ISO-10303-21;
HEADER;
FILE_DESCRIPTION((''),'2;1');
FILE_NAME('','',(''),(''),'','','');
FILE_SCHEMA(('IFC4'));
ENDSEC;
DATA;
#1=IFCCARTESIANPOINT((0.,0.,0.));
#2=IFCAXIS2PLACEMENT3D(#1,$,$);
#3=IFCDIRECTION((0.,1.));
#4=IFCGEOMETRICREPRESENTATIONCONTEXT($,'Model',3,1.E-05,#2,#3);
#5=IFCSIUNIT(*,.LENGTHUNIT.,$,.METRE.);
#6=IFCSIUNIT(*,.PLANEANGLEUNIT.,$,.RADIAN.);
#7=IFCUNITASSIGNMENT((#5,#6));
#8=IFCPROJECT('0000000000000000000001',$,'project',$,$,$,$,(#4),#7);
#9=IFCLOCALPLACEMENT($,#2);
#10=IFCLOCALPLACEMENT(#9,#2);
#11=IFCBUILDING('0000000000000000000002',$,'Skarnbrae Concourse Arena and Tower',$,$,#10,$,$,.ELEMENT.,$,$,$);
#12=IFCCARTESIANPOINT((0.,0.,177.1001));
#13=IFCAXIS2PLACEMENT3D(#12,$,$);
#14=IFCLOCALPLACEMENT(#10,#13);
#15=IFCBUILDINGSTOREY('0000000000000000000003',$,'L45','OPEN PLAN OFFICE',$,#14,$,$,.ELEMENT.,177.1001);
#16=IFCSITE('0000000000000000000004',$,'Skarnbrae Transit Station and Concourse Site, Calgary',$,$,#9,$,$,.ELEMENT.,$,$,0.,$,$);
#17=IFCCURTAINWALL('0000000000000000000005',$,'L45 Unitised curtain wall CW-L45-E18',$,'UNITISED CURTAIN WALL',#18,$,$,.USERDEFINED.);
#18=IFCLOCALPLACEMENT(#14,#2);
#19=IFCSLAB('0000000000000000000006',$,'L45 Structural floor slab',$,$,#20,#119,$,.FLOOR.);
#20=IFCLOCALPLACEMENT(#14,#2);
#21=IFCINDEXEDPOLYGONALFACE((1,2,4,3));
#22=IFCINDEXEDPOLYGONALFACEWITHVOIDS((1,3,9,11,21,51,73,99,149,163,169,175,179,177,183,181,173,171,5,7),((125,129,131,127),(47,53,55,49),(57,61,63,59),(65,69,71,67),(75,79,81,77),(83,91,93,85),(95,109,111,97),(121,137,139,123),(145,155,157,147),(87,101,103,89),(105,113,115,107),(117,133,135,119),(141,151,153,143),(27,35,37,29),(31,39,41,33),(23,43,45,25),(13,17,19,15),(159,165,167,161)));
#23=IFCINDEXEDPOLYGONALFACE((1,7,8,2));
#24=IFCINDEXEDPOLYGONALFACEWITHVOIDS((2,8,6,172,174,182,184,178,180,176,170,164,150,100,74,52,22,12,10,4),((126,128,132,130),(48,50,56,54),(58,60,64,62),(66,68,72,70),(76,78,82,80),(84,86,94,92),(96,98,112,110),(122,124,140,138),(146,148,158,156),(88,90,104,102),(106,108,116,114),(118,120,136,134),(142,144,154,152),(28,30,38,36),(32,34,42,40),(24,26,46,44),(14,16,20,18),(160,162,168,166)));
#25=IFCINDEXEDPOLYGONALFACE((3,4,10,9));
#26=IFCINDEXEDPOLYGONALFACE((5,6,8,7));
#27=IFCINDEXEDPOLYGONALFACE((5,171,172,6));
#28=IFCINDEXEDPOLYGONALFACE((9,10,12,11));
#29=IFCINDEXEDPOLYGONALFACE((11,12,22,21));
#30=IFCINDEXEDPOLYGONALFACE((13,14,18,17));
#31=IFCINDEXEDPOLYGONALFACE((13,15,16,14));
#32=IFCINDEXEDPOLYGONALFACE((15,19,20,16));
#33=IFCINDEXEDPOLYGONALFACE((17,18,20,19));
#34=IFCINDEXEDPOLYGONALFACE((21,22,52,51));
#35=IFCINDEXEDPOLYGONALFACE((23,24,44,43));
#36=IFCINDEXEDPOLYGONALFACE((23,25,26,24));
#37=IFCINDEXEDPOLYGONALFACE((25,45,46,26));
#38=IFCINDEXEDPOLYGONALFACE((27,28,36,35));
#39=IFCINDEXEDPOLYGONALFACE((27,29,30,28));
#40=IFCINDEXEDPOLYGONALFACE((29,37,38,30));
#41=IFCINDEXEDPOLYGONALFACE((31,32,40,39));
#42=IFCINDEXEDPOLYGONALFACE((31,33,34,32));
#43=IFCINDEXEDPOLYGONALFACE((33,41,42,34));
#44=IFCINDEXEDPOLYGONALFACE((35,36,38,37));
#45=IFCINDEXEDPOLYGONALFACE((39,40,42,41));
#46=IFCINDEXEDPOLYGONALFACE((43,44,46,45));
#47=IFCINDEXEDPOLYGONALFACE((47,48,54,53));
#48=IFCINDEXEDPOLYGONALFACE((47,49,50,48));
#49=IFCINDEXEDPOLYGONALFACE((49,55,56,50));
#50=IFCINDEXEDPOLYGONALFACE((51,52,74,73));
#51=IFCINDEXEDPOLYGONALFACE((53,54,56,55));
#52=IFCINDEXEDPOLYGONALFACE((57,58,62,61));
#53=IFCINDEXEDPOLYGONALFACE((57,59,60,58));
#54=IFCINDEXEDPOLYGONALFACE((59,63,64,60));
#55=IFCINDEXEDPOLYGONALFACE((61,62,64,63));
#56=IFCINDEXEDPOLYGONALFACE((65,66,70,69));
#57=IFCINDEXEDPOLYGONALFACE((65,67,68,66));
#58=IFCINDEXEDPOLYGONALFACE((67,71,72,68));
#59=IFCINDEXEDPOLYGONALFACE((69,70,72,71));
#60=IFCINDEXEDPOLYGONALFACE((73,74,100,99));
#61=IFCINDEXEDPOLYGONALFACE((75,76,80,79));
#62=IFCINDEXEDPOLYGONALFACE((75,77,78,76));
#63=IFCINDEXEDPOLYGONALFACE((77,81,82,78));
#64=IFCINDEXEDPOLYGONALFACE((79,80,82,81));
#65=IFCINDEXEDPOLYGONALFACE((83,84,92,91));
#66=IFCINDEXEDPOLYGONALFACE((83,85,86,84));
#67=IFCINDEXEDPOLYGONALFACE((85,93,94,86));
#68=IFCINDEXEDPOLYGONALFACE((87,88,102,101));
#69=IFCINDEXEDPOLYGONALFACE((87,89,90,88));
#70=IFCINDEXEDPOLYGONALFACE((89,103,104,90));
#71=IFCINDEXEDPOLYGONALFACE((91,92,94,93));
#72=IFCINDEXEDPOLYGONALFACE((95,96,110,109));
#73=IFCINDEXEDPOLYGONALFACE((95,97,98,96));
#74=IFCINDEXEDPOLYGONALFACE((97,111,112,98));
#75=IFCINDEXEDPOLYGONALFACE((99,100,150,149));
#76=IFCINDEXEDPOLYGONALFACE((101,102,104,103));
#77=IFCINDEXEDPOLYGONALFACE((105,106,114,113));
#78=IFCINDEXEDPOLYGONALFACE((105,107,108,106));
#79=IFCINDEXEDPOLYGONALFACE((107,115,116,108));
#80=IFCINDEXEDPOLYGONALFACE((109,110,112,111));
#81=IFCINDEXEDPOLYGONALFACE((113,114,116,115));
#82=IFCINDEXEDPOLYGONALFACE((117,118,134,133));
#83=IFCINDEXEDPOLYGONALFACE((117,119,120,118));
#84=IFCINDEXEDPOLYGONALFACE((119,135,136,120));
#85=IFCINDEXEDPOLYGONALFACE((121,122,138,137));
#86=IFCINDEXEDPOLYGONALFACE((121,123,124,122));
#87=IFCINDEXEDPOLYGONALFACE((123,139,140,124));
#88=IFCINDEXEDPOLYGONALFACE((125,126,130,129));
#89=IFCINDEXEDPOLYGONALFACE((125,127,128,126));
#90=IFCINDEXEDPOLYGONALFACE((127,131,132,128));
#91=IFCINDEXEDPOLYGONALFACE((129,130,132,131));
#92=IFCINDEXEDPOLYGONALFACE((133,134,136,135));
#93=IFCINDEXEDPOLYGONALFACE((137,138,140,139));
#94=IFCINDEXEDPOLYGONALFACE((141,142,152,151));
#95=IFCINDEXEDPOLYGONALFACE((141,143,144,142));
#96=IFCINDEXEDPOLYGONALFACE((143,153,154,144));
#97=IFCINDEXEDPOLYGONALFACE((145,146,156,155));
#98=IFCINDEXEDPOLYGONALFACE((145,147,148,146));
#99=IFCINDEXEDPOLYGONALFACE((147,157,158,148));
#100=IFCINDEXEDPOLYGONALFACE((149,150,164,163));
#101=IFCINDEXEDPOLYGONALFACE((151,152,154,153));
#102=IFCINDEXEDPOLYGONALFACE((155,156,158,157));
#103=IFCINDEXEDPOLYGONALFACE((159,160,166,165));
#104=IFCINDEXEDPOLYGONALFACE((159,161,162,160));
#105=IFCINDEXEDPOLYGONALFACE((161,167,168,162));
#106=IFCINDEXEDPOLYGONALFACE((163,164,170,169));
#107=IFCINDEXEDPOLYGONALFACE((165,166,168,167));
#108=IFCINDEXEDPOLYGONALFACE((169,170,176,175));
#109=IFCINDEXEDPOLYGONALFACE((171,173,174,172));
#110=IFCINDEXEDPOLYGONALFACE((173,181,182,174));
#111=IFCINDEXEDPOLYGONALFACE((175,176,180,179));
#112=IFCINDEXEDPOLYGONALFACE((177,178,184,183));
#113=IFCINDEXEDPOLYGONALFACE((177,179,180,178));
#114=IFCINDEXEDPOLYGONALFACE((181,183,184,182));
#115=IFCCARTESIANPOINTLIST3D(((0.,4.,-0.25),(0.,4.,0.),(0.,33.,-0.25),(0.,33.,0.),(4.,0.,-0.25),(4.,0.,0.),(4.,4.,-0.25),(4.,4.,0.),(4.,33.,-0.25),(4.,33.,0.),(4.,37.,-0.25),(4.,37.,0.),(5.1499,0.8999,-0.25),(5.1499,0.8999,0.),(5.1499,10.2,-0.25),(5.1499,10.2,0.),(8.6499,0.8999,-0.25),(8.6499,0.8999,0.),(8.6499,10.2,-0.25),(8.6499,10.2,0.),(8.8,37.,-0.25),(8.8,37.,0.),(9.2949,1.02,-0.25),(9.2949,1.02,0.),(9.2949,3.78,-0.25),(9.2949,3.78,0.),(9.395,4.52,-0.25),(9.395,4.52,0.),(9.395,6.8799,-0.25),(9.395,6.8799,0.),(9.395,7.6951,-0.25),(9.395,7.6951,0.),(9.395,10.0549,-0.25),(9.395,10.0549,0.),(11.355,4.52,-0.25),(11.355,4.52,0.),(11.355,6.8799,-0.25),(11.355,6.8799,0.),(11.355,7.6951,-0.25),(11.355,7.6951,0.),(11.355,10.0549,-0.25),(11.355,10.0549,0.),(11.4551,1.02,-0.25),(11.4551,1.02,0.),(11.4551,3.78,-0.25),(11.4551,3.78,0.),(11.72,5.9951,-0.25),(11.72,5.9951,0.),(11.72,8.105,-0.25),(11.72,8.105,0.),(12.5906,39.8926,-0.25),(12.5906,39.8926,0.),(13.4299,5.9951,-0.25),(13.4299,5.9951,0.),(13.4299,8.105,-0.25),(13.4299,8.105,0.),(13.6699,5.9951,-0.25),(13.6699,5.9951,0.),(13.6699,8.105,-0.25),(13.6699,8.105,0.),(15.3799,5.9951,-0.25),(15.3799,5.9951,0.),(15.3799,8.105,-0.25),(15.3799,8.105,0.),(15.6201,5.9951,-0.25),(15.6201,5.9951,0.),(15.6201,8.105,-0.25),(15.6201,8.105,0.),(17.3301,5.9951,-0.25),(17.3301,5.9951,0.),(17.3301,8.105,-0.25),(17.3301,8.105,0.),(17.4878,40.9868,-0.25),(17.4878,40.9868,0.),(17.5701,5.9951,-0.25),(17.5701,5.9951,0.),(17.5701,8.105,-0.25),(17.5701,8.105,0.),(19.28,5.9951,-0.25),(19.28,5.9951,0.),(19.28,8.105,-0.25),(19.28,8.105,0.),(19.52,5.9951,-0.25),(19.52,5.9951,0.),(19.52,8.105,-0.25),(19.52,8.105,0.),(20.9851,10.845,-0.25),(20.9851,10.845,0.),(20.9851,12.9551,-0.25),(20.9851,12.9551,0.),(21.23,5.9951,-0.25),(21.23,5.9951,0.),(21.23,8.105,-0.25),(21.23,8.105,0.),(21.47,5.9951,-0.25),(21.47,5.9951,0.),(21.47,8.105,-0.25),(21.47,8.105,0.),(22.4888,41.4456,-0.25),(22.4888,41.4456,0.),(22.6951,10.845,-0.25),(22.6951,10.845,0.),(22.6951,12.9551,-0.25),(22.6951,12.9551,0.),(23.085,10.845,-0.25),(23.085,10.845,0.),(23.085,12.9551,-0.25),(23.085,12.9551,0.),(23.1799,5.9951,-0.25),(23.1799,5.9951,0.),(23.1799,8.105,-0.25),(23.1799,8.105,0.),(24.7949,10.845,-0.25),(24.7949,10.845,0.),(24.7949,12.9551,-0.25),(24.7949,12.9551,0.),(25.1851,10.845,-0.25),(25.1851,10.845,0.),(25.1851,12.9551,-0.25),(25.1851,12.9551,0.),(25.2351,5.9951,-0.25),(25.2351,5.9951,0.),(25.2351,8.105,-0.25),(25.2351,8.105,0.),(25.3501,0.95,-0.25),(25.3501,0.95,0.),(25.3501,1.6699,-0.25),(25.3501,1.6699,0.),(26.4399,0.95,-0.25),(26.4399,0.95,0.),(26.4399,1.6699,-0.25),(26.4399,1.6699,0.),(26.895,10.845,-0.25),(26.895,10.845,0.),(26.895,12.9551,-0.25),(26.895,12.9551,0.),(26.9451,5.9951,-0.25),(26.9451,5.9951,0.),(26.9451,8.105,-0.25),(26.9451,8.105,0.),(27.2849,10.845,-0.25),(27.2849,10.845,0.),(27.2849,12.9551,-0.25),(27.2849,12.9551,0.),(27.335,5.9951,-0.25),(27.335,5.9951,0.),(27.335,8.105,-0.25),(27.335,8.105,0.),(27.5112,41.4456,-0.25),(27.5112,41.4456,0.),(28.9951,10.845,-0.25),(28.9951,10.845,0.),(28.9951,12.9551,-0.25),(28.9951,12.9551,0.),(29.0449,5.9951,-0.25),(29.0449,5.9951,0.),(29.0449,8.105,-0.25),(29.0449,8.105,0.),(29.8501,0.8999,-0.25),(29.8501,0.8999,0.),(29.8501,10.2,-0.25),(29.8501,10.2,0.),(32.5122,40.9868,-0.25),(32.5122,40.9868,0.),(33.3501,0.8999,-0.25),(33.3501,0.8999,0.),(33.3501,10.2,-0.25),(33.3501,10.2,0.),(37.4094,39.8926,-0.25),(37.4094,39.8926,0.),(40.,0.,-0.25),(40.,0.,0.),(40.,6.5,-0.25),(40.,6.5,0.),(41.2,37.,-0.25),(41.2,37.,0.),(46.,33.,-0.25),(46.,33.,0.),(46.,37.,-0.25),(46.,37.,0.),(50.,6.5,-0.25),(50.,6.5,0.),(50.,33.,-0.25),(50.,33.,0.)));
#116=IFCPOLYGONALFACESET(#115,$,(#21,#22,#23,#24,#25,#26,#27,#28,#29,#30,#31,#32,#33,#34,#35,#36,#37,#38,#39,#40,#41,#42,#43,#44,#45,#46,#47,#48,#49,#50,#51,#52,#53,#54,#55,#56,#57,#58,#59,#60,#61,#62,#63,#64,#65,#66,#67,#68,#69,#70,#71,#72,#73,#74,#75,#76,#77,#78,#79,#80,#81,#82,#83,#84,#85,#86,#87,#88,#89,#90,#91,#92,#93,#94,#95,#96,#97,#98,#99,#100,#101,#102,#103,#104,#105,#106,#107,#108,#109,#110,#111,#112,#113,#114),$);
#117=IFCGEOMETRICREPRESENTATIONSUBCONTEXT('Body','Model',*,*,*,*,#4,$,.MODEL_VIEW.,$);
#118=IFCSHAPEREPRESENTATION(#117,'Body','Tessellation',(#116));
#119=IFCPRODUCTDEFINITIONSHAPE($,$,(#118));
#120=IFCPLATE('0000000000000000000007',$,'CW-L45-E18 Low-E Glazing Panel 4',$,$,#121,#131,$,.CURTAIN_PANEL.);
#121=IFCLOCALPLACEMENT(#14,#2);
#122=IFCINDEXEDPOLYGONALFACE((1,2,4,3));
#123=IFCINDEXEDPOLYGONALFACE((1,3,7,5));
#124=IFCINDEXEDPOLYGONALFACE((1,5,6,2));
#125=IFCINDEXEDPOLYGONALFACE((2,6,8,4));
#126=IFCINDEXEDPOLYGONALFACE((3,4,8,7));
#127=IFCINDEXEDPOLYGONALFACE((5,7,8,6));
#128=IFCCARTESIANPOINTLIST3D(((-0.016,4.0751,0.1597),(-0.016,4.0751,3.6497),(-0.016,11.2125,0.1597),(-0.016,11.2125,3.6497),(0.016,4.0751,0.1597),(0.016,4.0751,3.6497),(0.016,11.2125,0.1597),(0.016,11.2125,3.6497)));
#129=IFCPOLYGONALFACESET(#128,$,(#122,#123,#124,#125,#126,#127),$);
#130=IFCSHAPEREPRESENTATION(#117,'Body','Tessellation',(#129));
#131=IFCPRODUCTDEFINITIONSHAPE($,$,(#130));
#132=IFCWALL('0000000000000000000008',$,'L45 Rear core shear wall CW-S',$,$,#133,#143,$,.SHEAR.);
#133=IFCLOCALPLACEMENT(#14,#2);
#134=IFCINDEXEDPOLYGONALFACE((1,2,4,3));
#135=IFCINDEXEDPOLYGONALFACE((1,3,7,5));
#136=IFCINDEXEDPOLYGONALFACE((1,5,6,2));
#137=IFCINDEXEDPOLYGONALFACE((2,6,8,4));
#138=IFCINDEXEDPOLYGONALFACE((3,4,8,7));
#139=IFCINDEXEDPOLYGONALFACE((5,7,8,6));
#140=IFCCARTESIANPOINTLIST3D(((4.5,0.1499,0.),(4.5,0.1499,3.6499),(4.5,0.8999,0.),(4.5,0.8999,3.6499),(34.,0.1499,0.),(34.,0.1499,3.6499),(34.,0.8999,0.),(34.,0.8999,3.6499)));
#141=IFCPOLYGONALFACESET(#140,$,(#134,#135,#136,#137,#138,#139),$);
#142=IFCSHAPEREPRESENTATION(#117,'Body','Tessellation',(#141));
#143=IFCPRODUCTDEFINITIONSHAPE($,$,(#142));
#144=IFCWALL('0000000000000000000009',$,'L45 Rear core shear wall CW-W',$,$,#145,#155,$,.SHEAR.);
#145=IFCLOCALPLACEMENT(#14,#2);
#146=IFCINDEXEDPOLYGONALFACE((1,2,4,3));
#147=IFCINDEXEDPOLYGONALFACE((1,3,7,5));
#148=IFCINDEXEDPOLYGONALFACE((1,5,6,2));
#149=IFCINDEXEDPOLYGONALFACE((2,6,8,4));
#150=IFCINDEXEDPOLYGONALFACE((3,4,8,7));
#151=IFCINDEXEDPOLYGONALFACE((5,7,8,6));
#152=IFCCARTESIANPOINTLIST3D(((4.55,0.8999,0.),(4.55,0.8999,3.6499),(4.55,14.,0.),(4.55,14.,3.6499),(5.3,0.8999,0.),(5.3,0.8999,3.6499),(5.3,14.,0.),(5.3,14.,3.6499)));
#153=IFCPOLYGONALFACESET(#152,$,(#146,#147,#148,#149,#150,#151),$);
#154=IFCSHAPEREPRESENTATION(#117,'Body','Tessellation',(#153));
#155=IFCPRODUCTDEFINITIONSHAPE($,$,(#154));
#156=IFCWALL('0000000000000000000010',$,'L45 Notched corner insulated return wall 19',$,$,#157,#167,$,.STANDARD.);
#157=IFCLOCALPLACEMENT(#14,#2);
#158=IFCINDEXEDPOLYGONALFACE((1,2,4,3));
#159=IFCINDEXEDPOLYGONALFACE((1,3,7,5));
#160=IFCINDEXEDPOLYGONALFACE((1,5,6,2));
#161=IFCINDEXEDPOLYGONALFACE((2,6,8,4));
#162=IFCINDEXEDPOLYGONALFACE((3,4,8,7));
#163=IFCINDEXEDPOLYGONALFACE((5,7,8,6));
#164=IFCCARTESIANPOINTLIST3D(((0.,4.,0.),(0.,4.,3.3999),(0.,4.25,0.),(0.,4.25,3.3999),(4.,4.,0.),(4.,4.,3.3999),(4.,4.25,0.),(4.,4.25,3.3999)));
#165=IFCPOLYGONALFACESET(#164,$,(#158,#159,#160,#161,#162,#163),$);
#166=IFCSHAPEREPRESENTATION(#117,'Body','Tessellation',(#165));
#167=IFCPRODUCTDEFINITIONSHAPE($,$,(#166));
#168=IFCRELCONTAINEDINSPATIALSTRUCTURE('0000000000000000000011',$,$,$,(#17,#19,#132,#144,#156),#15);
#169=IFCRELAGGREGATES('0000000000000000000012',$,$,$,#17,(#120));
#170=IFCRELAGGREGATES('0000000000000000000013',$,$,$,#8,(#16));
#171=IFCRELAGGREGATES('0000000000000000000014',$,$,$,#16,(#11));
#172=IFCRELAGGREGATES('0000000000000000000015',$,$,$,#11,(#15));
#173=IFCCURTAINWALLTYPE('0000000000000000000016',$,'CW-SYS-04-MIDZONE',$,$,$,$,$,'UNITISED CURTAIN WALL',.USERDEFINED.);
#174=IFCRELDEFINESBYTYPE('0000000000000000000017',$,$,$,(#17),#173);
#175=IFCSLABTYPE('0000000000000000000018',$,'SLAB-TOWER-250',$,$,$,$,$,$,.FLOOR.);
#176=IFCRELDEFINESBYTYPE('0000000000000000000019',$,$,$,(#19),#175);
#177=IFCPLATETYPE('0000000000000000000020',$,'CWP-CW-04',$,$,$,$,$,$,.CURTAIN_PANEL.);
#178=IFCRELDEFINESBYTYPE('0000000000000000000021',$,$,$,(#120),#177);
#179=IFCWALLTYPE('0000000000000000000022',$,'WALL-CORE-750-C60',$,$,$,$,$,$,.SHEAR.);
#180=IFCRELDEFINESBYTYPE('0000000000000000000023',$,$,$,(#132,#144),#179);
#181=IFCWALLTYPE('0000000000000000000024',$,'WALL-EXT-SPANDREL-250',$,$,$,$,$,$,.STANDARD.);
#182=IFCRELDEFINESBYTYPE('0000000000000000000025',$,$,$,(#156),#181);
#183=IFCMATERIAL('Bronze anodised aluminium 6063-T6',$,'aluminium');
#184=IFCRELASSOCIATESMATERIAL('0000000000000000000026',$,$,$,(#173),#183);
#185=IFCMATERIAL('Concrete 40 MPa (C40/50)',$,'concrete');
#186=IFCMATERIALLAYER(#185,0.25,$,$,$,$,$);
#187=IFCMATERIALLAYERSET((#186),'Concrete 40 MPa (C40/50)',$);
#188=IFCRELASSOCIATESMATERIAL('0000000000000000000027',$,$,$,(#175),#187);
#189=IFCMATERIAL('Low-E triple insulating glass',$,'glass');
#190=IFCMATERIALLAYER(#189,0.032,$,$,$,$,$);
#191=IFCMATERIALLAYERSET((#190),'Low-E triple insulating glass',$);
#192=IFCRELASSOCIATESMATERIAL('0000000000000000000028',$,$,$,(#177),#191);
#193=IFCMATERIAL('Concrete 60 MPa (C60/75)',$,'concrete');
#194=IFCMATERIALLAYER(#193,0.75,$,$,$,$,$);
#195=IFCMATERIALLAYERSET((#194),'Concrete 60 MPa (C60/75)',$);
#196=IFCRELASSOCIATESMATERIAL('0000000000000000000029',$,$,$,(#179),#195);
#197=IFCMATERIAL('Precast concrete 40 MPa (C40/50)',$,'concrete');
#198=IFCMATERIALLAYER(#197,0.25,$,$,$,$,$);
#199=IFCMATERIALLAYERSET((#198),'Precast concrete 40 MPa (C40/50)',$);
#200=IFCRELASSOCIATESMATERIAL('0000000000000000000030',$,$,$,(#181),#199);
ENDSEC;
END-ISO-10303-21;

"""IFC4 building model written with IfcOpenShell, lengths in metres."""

from ifc_helpers import new_model, si_unit, direction, frame, frame_2d, origin, origin_2d, place, context, subcontext, project, spatial, polyline, rectangle, outline, extrude, source, transform, mapped, material, layer, layer_set, type_object, element, aggregate, save


model = new_model("IFC4")

# Units and contexts
model_context = context("Model", 3, precision=1e-05, world=origin(), true_north=direction((0.0, 1.0)))
body_context = subcontext(model_context, "Body", "Model", "MODEL_VIEW")
ifc_project = project(units=[si_unit("LENGTHUNIT", "METRE"), si_unit("PLANEANGLEUNIT", "RADIAN")], contexts=[model_context])

# Site, building, storey
site_placement = place(None, origin())
site = spatial("IfcSite", under=ifc_project, at=site_placement, Name="Skarnbrae Transit Station and Concourse Site, Calgary", CompositionType="ELEMENT", RefElevation=0.0)
building_placement = place(site_placement, origin())
building = spatial("IfcBuilding", under=site, at=building_placement, Name="Skarnbrae Concourse Arena and Tower", CompositionType="ELEMENT")
storey_placement = place(building_placement, frame((0.0, 0.0, 177.1001)))
storey = spatial("IfcBuildingStorey", under=building, at=storey_placement, Name="L45", Description="OPEN PLAN OFFICE", CompositionType="ELEMENT", Elevation=177.1001)

# Curtain wall
ifc_material_1 = material(Name="Bronze anodised aluminium 6063-T6", Category="aluminium")
curtain_wall_type = type_object("IfcCurtainWallType", Name="CW-SYS-04-MIDZONE", ElementType="UNITISED CURTAIN WALL", PredefinedType="USERDEFINED", material=ifc_material_1)
curtain_wall_placement = place(storey_placement, origin())
curtain_wall = element("IfcCurtainWall", 1, at=curtain_wall_placement, inside=storey, type_object=curtain_wall_type, Name="L45 Unitised curtain wall CW-L45-E18", ObjectType="UNITISED CURTAIN WALL", PredefinedType="USERDEFINED")

# Shared definitions
ifc_material_2 = material(Name="Concrete 40 MPa (C40/50)", Category="concrete")

# Slab
ifc_layer_1 = layer(ifc_material_2, 0.25)
ifc_layer_set_1 = layer_set([ifc_layer_1], Name="Concrete 40 MPa (C40/50)")
slab_type_1 = type_object("IfcSlabType", Name="SLAB-TOWER-250", PredefinedType="FLOOR", material=ifc_layer_set_1)
slab_1_placement = place(storey_placement, frame((0.0, 0.0, -0.25)))
element("IfcSlab", 2, at=slab_1_placement, inside=storey, type_object=slab_type_1, Name="L45 Structural floor slab", PredefinedType="FLOOR", context=body_context, shape_type="SweptSolid", body=[
    extrude(outline(polyline([(4.0, 0.0), (40.0, 0.0), (40.0, 6.5), (50.0, 6.5), (50.0, 33.0), (46.0, 33.0), (46.0, 37.0), (41.2, 37.0), (37.4094, 39.8926), (32.5122, 40.9868), (27.5112, 41.4456), (22.4888, 41.4456), (17.4878, 40.9868), (12.5906, 39.8926), (8.8, 37.0), (4.0, 37.0), (4.0, 33.0), (0.0, 33.0), (0.0, 4.0), (4.0, 4.0), (4.0, 0.0)]), holes=[polyline([(9.2949, 3.78), (11.4551, 3.78), (11.4551, 1.02), (9.2949, 1.02), (9.2949, 3.78)]), polyline([(8.6499, 10.2), (8.6499, 0.8999), (5.1499, 0.8999), (5.1499, 10.2), (8.6499, 10.2)]), polyline([(9.395, 6.8799), (11.355, 6.8799), (11.355, 4.52), (9.395, 4.52), (9.395, 6.8799)]), polyline([(11.72, 8.105), (13.4299, 8.105), (13.4299, 5.9951), (11.72, 5.9951), (11.72, 8.105)]), polyline([(13.6699, 8.105), (15.3799, 8.105), (15.3799, 5.9951), (13.6699, 5.9951), (13.6699, 8.105)]), polyline([(15.6201, 8.105), (17.3301, 8.105), (17.3301, 5.9951), (15.6201, 5.9951), (15.6201, 8.105)]), polyline([(17.5701, 8.105), (19.28, 8.105), (19.28, 5.9951), (17.5701, 5.9951), (17.5701, 8.105)]), polyline([(21.23, 8.105), (21.23, 5.9951), (19.52, 5.9951), (19.52, 8.105), (21.23, 8.105)]), polyline([(11.355, 10.0549), (11.355, 7.6951), (9.395, 7.6951), (9.395, 10.0549), (11.355, 10.0549)]), polyline([(25.3501, 1.6699), (26.4399, 1.6699), (26.4399, 0.95), (25.3501, 0.95), (25.3501, 1.6699)]), polyline([(33.3501, 10.2), (33.3501, 0.8999), (29.8501, 0.8999), (29.8501, 10.2), (33.3501, 10.2)]), polyline([(21.47, 8.105), (23.1799, 8.105), (23.1799, 5.9951), (21.47, 5.9951), (21.47, 8.105)]), polyline([(25.2351, 8.105), (26.9451, 8.105), (26.9451, 5.9951), (25.2351, 5.9951), (25.2351, 8.105)]), polyline([(27.335, 8.105), (29.0449, 8.105), (29.0449, 5.9951), (27.335, 5.9951), (27.335, 8.105)]), polyline([(20.9851, 12.9551), (22.6951, 12.9551), (22.6951, 10.845), (20.9851, 10.845), (20.9851, 12.9551)]), polyline([(23.085, 12.9551), (24.7949, 12.9551), (24.7949, 10.845), (23.085, 10.845), (23.085, 12.9551)]), polyline([(26.895, 12.9551), (26.895, 10.845), (25.1851, 10.845), (25.1851, 12.9551), (26.895, 12.9551)]), polyline([(28.9951, 12.9551), (28.9951, 10.845), (27.2849, 10.845), (27.2849, 12.9551), (28.9951, 12.9551)])]), origin(), (0.0, 0.0, 1.0), 0.25),
])

# Plate
ifc_material_3 = material(Name="Low-E triple insulating glass", Category="glass")
ifc_layer_2 = layer(ifc_material_3, 0.032)
ifc_layer_set_2 = layer_set([ifc_layer_2], Name="Low-E triple insulating glass")
plate_type = type_object("IfcPlateType", Name="CWP-CW-04", PredefinedType="CURTAIN_PANEL", material=ifc_layer_set_2)
shared_shape_1 = source(origin(), body_context, "Body", "SweptSolid", [
    extrude(rectangle(XDim=7.1375, YDim=0.032, at=origin_2d()), origin(), (0.0, 0.0, 1.0), 3.49),
])
plate_placement = place(storey_placement, frame((0.0, 7.6438, 0.1597), z_axis=(0.0, 0.0, 1.0), x_axis=(0.0, -1.0, 0.0)))
plate = element("IfcPlate", 3, at=plate_placement, type_object=plate_type, Name="CW-L45-E18 Low-E Glazing Panel 4", PredefinedType="CURTAIN_PANEL", context=body_context, shape_type="MappedRepresentation", body=[
    mapped(shared_shape_1, transform((0.0, 0.0, 0.0))),
])
aggregate(curtain_wall, [plate])

# Walls
ifc_material_4 = material(Name="Concrete 60 MPa (C60/75)", Category="concrete")
ifc_layer_3 = layer(ifc_material_4, 0.75)
ifc_layer_set_3 = layer_set([ifc_layer_3], Name="Concrete 60 MPa (C60/75)")
wall_type_1 = type_object("IfcWallType", Name="WALL-CORE-750-C60", PredefinedType="SHEAR", material=ifc_layer_set_3)
shared_shape_2 = source(origin(), body_context, "Body", "SweptSolid", [
    extrude(rectangle(XDim=29.5, YDim=0.75, at=frame_2d((14.75, 0.0))), origin(), (0.0, 0.0, 1.0), 3.6499),
])
wall_1_placement = place(storey_placement, frame((4.5, 0.5249, 0.0), z_axis=(0.0, 0.0, 1.0), x_axis=(1.0, 0.0, 0.0)))
element("IfcWall", 4, at=wall_1_placement, inside=storey, type_object=wall_type_1, Name="L45 Rear core shear wall CW-S", PredefinedType="SHEAR", context=body_context, shape_type="MappedRepresentation", body=[
    mapped(shared_shape_2, transform((0.0, 0.0, 0.0))),
])
shared_shape_3 = source(origin(), body_context, "Body", "SweptSolid", [
    extrude(rectangle(XDim=13.1001, YDim=0.75, at=frame_2d((6.55, 0.0))), origin(), (0.0, 0.0, 1.0), 3.6499),
])
wall_2_placement = place(storey_placement, frame((4.925, 0.8999, 0.0), z_axis=(0.0, 0.0, 1.0), x_axis=(0.0, 1.0, 0.0)))
element("IfcWall", 5, at=wall_2_placement, inside=storey, type_object=wall_type_1, Name="L45 Rear core shear wall CW-W", PredefinedType="SHEAR", context=body_context, shape_type="MappedRepresentation", body=[
    mapped(shared_shape_3, transform((0.0, 0.0, 0.0))),
])
ifc_material_5 = material(Name="Precast concrete 40 MPa (C40/50)", Category="concrete")
ifc_layer_4 = layer(ifc_material_5, 0.25)
ifc_layer_set_4 = layer_set([ifc_layer_4], Name="Precast concrete 40 MPa (C40/50)")
wall_type_2 = type_object("IfcWallType", Name="WALL-EXT-SPANDREL-250", PredefinedType="STANDARD", material=ifc_layer_set_4)
shared_shape_4 = source(origin(), body_context, "Body", "SweptSolid", [
    extrude(rectangle(XDim=4.0, YDim=0.25, at=frame_2d((2.0, 0.0))), origin(), (0.0, 0.0, 1.0), 3.3999),
])
for number, where, z_axis, x_axis, name in (
    (6, (0.0, 4.125, 0.0), (0.0, 0.0, 1.0), (1.0, 0.0, 0.0), "L45 Notched corner insulated return wall 19"),
):
    element("IfcWall", number, at=place(storey_placement, frame(where, z_axis=z_axis, x_axis=x_axis)), inside=storey, type_object=wall_type_2, Name=name, PredefinedType="STANDARD", context=body_context, shape_type="MappedRepresentation", body=[
        mapped(shared_shape_4, transform((0.0, 0.0, 0.0))),
    ])

save(model, "model.ifc")
